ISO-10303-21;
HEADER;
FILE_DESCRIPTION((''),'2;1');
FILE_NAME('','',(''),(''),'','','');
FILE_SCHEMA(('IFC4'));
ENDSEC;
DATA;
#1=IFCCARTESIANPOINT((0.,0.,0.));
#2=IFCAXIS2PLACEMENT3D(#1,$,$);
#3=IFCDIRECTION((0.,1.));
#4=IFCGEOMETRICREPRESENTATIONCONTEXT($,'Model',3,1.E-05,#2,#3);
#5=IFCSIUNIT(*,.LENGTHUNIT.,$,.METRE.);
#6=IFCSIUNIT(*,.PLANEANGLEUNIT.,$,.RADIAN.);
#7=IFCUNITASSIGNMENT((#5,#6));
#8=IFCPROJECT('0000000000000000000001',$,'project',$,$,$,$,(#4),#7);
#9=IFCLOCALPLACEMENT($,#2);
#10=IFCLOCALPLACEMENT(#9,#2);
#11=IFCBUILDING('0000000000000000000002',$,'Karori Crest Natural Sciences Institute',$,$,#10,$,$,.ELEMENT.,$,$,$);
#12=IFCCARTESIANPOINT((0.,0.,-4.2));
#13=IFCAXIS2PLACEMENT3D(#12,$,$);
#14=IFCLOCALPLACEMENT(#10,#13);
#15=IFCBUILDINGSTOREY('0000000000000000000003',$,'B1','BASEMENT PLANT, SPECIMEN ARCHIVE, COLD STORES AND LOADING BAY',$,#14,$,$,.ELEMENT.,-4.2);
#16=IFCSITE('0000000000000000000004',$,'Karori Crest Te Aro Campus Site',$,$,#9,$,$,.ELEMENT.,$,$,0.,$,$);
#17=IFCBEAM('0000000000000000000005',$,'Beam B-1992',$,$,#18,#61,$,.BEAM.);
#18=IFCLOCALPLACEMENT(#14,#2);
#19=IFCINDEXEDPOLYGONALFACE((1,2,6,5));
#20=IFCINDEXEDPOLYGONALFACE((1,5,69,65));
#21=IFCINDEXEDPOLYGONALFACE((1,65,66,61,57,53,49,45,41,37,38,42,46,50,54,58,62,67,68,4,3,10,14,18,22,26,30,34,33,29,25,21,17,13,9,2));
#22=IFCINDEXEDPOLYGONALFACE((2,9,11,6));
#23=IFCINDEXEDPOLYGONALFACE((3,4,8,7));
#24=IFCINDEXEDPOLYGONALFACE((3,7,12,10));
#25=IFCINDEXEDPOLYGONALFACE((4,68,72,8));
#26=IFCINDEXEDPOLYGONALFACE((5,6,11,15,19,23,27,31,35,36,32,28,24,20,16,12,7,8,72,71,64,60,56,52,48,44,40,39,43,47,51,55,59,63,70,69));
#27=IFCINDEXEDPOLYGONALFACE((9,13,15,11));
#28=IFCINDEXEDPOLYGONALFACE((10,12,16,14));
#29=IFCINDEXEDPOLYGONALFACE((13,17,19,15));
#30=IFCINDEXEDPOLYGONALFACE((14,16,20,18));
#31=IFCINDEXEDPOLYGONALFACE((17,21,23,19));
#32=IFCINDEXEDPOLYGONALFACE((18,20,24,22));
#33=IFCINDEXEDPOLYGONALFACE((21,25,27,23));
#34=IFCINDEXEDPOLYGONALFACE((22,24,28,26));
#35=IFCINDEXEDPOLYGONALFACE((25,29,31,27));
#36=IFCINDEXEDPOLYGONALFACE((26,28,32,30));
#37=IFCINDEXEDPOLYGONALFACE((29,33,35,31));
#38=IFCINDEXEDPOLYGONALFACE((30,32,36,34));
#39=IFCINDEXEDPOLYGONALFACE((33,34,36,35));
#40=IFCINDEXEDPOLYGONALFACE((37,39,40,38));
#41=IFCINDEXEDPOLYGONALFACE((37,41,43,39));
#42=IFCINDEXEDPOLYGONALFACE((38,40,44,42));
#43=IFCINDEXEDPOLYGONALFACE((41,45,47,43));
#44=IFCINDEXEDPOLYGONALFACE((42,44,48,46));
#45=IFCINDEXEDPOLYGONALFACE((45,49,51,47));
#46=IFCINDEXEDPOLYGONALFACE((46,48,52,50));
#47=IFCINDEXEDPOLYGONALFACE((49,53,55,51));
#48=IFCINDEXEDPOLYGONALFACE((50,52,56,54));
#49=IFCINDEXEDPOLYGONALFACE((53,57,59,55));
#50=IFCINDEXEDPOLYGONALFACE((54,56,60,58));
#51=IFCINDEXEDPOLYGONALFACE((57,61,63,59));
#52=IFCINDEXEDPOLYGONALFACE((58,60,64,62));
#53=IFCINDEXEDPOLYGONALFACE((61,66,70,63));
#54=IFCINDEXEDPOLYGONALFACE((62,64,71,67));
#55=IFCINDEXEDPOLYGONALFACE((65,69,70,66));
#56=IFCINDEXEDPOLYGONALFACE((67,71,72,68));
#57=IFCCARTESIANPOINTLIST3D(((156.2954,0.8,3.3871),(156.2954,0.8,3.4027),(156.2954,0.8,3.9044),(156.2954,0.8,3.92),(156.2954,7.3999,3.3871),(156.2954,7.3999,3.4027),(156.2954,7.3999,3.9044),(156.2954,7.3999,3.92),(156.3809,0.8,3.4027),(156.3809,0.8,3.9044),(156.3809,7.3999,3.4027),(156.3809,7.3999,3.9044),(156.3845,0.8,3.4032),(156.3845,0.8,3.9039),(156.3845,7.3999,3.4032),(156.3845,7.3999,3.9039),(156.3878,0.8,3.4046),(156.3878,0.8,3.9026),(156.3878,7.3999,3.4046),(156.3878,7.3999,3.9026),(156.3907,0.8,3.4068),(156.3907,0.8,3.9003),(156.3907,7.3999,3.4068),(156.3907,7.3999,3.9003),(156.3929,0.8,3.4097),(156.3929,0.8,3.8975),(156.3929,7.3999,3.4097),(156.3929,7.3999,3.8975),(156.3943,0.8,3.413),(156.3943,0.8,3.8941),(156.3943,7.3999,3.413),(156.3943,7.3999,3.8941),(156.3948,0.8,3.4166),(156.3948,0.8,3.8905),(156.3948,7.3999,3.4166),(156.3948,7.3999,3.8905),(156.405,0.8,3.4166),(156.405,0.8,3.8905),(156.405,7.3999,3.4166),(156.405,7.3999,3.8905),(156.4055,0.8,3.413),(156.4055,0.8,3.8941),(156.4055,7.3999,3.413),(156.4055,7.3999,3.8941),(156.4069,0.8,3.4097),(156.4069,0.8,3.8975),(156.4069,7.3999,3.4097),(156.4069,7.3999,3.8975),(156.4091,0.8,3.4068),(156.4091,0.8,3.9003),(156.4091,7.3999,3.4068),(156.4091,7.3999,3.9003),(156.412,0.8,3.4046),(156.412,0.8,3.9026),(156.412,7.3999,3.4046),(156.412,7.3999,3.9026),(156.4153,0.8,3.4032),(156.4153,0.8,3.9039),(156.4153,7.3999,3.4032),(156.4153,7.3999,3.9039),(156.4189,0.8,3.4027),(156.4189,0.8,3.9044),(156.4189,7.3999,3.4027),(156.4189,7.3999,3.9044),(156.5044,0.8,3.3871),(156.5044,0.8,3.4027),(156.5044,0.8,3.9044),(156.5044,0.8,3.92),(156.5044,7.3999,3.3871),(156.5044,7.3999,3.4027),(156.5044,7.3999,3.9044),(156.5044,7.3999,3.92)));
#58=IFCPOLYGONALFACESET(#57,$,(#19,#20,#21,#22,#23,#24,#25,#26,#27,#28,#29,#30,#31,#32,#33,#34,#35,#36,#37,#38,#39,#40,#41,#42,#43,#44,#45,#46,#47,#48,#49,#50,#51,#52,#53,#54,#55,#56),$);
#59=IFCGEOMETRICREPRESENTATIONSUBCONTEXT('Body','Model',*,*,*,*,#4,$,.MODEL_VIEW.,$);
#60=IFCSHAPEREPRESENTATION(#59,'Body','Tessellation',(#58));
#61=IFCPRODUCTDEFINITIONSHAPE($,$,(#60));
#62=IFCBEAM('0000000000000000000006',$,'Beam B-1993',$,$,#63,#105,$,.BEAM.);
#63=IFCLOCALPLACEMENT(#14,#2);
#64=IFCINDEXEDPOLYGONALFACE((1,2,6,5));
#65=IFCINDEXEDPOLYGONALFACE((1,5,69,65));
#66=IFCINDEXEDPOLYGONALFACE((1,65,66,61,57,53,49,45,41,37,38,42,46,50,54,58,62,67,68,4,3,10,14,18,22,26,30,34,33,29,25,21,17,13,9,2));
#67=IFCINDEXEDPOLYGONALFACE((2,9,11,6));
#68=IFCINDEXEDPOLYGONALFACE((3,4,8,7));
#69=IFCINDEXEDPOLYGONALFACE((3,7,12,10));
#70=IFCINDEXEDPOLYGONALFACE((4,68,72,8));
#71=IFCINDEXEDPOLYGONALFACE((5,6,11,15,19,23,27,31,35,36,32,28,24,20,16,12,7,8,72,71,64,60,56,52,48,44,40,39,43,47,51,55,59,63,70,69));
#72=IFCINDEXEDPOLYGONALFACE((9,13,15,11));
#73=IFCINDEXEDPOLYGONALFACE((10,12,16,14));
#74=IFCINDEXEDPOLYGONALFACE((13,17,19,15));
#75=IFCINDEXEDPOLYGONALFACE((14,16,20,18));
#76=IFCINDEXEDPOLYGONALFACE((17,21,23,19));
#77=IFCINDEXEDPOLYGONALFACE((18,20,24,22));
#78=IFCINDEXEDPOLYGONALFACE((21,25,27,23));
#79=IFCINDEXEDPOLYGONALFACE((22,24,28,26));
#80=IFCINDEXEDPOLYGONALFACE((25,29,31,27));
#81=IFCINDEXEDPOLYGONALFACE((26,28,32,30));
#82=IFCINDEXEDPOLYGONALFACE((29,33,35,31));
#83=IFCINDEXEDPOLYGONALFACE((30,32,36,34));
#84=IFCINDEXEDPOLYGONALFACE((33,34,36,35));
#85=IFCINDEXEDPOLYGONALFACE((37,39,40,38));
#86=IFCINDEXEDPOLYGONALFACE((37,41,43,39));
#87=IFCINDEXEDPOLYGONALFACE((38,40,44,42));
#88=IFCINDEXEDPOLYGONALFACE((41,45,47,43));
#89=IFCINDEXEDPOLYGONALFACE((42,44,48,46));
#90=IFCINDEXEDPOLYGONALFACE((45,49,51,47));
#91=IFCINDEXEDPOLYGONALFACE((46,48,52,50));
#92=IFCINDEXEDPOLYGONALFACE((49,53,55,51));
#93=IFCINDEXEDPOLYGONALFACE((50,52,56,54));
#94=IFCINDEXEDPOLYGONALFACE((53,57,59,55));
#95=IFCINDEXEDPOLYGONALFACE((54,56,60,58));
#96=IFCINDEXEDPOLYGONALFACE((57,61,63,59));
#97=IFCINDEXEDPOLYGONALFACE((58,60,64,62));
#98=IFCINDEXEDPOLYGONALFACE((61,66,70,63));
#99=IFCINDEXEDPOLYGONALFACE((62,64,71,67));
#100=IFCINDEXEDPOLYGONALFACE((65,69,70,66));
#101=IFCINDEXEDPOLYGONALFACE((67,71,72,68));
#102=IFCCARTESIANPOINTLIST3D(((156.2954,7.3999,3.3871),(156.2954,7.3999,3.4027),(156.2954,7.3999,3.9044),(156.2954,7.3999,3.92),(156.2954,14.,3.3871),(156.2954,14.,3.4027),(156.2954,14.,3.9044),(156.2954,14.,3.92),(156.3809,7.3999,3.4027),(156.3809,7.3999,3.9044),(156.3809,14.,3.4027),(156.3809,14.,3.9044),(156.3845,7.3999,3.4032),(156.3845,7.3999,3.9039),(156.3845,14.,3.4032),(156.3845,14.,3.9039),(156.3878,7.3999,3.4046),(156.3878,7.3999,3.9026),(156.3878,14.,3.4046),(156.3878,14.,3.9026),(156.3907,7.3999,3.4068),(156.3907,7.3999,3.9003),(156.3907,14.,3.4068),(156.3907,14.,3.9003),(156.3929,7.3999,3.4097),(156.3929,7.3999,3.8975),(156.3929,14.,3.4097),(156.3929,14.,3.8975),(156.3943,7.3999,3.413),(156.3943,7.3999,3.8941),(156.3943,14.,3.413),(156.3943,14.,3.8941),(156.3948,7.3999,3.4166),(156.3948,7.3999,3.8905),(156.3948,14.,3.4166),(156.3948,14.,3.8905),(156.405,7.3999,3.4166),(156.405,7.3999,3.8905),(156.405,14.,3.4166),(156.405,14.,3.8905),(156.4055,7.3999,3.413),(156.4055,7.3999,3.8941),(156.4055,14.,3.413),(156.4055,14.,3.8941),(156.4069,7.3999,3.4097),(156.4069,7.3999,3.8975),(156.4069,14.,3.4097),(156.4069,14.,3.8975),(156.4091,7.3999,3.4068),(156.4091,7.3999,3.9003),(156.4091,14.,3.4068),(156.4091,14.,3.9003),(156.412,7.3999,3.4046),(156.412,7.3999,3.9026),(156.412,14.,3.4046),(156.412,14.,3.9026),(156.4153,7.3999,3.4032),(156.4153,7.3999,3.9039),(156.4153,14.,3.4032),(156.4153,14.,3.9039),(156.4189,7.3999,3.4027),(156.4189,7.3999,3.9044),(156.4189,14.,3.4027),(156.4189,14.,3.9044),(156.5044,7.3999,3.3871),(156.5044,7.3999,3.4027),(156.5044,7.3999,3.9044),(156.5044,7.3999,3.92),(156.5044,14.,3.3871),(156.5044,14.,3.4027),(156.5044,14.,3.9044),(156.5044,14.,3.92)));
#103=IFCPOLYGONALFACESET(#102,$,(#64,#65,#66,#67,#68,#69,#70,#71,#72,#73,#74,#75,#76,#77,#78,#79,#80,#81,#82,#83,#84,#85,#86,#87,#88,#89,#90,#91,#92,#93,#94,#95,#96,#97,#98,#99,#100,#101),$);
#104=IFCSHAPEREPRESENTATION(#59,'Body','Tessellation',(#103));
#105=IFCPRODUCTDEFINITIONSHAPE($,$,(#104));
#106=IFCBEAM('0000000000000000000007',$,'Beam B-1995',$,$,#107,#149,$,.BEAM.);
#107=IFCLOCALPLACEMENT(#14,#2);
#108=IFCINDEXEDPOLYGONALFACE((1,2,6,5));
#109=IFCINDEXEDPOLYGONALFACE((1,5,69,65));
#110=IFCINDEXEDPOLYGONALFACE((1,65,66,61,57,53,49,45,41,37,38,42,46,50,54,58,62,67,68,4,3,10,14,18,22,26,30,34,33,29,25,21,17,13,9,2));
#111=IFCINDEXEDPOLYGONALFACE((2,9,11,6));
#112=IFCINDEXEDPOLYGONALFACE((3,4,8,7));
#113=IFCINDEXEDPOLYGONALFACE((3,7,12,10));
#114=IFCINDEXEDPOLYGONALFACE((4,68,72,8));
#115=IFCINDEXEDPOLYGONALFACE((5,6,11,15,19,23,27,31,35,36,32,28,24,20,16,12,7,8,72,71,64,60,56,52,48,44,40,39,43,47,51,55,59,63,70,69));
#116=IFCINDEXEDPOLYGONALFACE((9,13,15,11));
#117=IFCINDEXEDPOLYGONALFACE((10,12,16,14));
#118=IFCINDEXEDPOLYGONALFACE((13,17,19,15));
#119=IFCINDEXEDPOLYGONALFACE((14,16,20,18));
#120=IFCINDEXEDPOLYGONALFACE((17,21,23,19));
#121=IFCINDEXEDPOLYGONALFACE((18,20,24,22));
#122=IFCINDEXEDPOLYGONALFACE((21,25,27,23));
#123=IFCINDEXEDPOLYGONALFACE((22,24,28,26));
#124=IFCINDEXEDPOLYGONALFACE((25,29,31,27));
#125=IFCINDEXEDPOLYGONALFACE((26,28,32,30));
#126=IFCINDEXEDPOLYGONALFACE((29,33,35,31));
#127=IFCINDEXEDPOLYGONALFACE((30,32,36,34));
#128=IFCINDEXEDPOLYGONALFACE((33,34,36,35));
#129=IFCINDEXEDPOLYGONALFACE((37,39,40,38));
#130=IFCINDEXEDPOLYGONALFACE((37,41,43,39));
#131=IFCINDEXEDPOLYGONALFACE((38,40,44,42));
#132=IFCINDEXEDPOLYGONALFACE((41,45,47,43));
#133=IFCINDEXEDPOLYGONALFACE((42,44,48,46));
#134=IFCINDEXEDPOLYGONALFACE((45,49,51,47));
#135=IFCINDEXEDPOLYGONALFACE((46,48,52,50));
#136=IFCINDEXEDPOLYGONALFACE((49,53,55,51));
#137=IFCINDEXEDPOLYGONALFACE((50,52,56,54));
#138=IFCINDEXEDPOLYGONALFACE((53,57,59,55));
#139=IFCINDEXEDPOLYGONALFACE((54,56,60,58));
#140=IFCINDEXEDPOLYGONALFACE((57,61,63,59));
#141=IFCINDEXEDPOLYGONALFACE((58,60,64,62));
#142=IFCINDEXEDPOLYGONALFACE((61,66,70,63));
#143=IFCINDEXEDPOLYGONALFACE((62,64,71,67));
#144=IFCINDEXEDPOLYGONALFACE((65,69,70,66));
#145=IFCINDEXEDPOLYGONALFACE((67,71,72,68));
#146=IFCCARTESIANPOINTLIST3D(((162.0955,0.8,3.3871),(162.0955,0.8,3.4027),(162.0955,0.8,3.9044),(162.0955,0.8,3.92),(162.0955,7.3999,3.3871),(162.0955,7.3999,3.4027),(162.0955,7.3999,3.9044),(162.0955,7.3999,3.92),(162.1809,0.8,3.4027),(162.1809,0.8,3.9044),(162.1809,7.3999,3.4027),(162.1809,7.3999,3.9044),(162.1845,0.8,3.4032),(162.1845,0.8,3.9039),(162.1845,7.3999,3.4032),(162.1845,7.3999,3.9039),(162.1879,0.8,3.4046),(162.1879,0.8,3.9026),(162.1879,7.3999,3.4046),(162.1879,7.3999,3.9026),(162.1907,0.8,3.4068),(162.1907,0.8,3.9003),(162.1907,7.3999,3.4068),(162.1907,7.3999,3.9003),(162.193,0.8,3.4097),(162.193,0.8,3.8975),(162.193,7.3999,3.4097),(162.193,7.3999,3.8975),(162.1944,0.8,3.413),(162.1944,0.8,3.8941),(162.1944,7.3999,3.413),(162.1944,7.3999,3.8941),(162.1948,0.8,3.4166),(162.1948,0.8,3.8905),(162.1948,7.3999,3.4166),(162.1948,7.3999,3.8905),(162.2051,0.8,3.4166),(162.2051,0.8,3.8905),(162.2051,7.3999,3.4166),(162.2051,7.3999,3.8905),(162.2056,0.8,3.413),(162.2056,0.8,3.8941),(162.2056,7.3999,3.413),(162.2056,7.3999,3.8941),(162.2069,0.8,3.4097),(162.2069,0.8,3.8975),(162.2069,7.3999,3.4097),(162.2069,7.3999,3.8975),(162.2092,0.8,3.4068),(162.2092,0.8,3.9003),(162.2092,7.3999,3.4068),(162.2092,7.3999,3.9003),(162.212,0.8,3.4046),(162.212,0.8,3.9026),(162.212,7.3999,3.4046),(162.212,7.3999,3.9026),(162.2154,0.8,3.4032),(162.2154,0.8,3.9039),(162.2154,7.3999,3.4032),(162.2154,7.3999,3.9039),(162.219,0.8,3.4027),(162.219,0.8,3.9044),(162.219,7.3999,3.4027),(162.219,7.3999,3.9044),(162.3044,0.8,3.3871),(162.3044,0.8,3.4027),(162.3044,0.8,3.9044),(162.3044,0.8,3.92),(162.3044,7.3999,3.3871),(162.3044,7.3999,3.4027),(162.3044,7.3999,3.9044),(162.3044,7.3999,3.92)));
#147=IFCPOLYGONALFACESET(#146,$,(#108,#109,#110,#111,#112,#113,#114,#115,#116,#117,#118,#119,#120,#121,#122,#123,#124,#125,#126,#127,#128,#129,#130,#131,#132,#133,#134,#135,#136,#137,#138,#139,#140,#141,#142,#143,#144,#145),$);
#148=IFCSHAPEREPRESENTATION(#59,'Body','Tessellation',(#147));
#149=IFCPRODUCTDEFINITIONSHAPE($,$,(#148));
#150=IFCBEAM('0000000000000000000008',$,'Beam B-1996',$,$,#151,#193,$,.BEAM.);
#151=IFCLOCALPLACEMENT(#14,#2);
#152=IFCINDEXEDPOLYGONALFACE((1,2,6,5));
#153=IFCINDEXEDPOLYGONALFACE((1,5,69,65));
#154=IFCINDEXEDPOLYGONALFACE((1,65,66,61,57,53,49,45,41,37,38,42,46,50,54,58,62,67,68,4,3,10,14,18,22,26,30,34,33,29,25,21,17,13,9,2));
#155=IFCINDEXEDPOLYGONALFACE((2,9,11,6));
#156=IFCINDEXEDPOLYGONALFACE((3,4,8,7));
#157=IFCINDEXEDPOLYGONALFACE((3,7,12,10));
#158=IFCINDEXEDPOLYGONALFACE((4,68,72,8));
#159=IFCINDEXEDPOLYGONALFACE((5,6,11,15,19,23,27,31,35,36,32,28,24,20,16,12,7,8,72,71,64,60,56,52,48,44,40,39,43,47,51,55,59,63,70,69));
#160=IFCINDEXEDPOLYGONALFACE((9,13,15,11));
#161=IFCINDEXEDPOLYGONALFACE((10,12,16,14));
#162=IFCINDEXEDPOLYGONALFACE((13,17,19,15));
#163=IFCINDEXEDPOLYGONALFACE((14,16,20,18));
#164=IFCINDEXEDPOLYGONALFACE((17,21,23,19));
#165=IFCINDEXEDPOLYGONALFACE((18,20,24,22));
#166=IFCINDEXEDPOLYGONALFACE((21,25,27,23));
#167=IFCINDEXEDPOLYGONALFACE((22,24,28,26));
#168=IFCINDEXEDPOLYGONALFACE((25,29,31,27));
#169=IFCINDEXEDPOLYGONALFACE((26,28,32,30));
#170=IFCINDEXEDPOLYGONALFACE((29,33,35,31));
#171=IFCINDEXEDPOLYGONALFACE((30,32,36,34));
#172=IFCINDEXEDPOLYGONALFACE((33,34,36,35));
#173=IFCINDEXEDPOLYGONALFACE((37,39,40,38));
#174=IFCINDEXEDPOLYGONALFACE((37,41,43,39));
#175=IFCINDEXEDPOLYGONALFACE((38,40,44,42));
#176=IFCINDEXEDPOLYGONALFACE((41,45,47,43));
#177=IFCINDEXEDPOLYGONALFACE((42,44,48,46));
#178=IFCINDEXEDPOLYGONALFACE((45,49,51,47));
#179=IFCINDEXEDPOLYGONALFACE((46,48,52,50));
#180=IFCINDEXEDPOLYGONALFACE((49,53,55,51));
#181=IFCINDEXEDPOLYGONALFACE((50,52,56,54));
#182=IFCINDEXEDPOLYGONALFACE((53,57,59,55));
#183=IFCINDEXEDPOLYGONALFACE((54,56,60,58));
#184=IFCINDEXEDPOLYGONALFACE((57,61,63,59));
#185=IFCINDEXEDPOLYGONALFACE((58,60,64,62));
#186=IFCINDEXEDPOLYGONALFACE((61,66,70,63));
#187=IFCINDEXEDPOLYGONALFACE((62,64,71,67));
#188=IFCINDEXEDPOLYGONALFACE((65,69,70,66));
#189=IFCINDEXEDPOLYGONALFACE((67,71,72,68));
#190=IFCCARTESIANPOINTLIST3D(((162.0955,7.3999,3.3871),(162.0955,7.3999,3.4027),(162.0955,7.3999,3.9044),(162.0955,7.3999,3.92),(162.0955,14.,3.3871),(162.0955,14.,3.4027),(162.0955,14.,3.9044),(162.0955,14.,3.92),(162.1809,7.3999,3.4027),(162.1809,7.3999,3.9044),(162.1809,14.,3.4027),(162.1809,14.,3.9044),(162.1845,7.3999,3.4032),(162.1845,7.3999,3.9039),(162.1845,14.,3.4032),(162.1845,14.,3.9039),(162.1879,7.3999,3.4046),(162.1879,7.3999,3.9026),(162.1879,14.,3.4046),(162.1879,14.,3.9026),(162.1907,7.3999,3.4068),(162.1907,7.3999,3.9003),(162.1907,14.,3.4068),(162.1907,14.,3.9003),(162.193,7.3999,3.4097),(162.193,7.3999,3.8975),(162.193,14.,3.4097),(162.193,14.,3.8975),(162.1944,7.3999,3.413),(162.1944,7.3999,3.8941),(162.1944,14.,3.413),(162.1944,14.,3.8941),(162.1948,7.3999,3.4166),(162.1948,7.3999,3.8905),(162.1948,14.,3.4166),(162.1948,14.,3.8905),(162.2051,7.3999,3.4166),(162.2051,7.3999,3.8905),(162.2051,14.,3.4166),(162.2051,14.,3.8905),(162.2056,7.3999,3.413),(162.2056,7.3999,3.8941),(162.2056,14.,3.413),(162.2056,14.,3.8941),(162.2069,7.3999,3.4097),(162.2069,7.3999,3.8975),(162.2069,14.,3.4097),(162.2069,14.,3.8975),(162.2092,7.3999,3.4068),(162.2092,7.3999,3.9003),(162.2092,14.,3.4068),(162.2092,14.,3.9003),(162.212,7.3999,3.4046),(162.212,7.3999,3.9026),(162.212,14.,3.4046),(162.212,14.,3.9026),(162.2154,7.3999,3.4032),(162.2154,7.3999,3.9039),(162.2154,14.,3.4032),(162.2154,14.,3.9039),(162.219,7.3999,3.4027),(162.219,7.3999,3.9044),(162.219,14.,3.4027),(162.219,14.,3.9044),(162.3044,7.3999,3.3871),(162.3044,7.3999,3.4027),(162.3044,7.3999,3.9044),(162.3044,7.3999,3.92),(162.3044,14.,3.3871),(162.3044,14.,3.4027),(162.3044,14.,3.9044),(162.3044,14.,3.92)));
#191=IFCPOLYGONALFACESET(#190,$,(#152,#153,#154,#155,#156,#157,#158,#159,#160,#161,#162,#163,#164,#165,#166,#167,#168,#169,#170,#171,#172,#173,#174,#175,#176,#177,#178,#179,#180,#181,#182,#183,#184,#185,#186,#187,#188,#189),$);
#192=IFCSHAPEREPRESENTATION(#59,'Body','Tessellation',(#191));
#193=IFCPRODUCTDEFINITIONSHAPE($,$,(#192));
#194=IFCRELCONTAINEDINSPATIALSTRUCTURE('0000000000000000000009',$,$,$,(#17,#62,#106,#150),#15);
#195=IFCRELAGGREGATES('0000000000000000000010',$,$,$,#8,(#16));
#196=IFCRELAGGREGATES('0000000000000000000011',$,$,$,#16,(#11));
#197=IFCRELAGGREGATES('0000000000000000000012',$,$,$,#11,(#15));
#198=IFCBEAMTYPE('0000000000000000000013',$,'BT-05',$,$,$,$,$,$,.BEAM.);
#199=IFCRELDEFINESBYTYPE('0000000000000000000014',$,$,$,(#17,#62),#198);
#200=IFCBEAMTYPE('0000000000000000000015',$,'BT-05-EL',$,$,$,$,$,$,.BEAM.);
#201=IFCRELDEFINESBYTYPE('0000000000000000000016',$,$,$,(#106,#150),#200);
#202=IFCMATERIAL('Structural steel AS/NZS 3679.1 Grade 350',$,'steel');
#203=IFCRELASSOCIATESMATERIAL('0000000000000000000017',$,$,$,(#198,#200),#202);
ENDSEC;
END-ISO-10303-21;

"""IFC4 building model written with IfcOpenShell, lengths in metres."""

from ifc_helpers import new_model, si_unit, direction, frame, origin, origin_2d, place, context, subcontext, project, spatial, i_section, extrude, material, material_profile, profile_set, type_object, element, save


model = new_model("IFC4")

# Units and contexts
model_context = context("Model", 3, precision=1e-05, world=origin(), true_north=direction((0.0, 1.0)))
body_context = subcontext(model_context, "Body", "Model", "MODEL_VIEW")
ifc_project = project(units=[si_unit("LENGTHUNIT", "METRE"), si_unit("PLANEANGLEUNIT", "RADIAN")], contexts=[model_context])

# Site, building, storey
site_placement = place(None, origin())
site = spatial("IfcSite", under=ifc_project, at=site_placement, Name="Karori Crest Te Aro Campus Site", CompositionType="ELEMENT", RefElevation=0.0)
building_placement = place(site_placement, origin())
building = spatial("IfcBuilding", under=site, at=building_placement, Name="Karori Crest Natural Sciences Institute", CompositionType="ELEMENT")
storey_placement = place(building_placement, frame((0.0, 0.0, -4.2)))
storey = spatial("IfcBuildingStorey", under=building, at=storey_placement, Name="B1", Description="BASEMENT PLANT, SPECIMEN ARCHIVE, COLD STORES AND LOADING BAY", CompositionType="ELEMENT", Elevation=-4.2)

# Shared definitions
ifc_material_1 = material(Name="Structural steel AS/NZS 3679.1 Grade 350", Category="steel")

# Beams
ifc_material_profile_1 = material_profile(ifc_material_1, i_section(OverallWidth=0.209, OverallDepth=0.533, WebThickness=0.0103, FlangeThickness=0.0156, FilletRadius=0.0139, at=origin_2d()), Name="530UB92.4")
ifc_profile_set_1 = profile_set([ifc_material_profile_1], Name="Structural steel AS/NZS 3679.1 Grade 350")
beam_type_1 = type_object("IfcBeamType", Name="BT-05", PredefinedType="BEAM", material=ifc_profile_set_1)
beam_1_placement = place(storey_placement, frame((156.3999, 0.8, 3.6536), z_axis=(0.0, 1.0, 0.0), x_axis=(-1.0, 0.0, 0.0)))
element("IfcBeam", 1, at=beam_1_placement, inside=storey, type_object=beam_type_1, Name="Beam B-1992", PredefinedType="BEAM", context=body_context, shape_type="SweptSolid", body=[
    extrude(i_section(OverallWidth=0.209, OverallDepth=0.533, WebThickness=0.0103, FlangeThickness=0.0156, FilletRadius=0.0139, at=origin_2d()), origin(), (0.0, 0.0, 1.0), 6.5999),
])
beam_2_placement = place(storey_placement, frame((156.3999, 7.3999, 3.6536), z_axis=(0.0, 1.0, 0.0), x_axis=(-1.0, 0.0, 0.0)))
element("IfcBeam", 2, at=beam_2_placement, inside=storey, type_object=beam_type_1, Name="Beam B-1993", PredefinedType="BEAM", context=body_context, shape_type="SweptSolid", body=[
    extrude(i_section(OverallWidth=0.209, OverallDepth=0.533, WebThickness=0.0103, FlangeThickness=0.0156, FilletRadius=0.0139, at=origin_2d()), origin(), (0.0, 0.0, 1.0), 6.6001),
])
ifc_material_profile_2 = material_profile(ifc_material_1, i_section(OverallWidth=0.209, OverallDepth=0.533, WebThickness=0.0103, FlangeThickness=0.0156, FilletRadius=0.0139, at=origin_2d()), Name="530UB92.4")
ifc_profile_set_2 = profile_set([ifc_material_profile_2], Name="Structural steel AS/NZS 3679.1 Grade 350")
beam_type_2 = type_object("IfcBeamType", Name="BT-05-EL", PredefinedType="BEAM", material=ifc_profile_set_2)
beam_3_placement = place(storey_placement, frame((162.2, 0.8, 3.6536), z_axis=(0.0, 1.0, 0.0), x_axis=(-1.0, 0.0, 0.0)))
element("IfcBeam", 3, at=beam_3_placement, inside=storey, type_object=beam_type_2, Name="Beam B-1995", PredefinedType="BEAM", context=body_context, shape_type="SweptSolid", body=[
    extrude(i_section(OverallWidth=0.209, OverallDepth=0.533, WebThickness=0.0103, FlangeThickness=0.0156, FilletRadius=0.0139, at=origin_2d()), origin(), (0.0, 0.0, 1.0), 6.5999),
])
beam_4_placement = place(storey_placement, frame((162.2, 7.3999, 3.6536), z_axis=(0.0, 1.0, 0.0), x_axis=(-1.0, 0.0, 0.0)))
element("IfcBeam", 4, at=beam_4_placement, inside=storey, type_object=beam_type_2, Name="Beam B-1996", PredefinedType="BEAM", context=body_context, shape_type="SweptSolid", body=[
    extrude(i_section(OverallWidth=0.209, OverallDepth=0.533, WebThickness=0.0103, FlangeThickness=0.0156, FilletRadius=0.0139, at=origin_2d()), origin(), (0.0, 0.0, 1.0), 6.6001),
])

save(model, "model.ifc")
